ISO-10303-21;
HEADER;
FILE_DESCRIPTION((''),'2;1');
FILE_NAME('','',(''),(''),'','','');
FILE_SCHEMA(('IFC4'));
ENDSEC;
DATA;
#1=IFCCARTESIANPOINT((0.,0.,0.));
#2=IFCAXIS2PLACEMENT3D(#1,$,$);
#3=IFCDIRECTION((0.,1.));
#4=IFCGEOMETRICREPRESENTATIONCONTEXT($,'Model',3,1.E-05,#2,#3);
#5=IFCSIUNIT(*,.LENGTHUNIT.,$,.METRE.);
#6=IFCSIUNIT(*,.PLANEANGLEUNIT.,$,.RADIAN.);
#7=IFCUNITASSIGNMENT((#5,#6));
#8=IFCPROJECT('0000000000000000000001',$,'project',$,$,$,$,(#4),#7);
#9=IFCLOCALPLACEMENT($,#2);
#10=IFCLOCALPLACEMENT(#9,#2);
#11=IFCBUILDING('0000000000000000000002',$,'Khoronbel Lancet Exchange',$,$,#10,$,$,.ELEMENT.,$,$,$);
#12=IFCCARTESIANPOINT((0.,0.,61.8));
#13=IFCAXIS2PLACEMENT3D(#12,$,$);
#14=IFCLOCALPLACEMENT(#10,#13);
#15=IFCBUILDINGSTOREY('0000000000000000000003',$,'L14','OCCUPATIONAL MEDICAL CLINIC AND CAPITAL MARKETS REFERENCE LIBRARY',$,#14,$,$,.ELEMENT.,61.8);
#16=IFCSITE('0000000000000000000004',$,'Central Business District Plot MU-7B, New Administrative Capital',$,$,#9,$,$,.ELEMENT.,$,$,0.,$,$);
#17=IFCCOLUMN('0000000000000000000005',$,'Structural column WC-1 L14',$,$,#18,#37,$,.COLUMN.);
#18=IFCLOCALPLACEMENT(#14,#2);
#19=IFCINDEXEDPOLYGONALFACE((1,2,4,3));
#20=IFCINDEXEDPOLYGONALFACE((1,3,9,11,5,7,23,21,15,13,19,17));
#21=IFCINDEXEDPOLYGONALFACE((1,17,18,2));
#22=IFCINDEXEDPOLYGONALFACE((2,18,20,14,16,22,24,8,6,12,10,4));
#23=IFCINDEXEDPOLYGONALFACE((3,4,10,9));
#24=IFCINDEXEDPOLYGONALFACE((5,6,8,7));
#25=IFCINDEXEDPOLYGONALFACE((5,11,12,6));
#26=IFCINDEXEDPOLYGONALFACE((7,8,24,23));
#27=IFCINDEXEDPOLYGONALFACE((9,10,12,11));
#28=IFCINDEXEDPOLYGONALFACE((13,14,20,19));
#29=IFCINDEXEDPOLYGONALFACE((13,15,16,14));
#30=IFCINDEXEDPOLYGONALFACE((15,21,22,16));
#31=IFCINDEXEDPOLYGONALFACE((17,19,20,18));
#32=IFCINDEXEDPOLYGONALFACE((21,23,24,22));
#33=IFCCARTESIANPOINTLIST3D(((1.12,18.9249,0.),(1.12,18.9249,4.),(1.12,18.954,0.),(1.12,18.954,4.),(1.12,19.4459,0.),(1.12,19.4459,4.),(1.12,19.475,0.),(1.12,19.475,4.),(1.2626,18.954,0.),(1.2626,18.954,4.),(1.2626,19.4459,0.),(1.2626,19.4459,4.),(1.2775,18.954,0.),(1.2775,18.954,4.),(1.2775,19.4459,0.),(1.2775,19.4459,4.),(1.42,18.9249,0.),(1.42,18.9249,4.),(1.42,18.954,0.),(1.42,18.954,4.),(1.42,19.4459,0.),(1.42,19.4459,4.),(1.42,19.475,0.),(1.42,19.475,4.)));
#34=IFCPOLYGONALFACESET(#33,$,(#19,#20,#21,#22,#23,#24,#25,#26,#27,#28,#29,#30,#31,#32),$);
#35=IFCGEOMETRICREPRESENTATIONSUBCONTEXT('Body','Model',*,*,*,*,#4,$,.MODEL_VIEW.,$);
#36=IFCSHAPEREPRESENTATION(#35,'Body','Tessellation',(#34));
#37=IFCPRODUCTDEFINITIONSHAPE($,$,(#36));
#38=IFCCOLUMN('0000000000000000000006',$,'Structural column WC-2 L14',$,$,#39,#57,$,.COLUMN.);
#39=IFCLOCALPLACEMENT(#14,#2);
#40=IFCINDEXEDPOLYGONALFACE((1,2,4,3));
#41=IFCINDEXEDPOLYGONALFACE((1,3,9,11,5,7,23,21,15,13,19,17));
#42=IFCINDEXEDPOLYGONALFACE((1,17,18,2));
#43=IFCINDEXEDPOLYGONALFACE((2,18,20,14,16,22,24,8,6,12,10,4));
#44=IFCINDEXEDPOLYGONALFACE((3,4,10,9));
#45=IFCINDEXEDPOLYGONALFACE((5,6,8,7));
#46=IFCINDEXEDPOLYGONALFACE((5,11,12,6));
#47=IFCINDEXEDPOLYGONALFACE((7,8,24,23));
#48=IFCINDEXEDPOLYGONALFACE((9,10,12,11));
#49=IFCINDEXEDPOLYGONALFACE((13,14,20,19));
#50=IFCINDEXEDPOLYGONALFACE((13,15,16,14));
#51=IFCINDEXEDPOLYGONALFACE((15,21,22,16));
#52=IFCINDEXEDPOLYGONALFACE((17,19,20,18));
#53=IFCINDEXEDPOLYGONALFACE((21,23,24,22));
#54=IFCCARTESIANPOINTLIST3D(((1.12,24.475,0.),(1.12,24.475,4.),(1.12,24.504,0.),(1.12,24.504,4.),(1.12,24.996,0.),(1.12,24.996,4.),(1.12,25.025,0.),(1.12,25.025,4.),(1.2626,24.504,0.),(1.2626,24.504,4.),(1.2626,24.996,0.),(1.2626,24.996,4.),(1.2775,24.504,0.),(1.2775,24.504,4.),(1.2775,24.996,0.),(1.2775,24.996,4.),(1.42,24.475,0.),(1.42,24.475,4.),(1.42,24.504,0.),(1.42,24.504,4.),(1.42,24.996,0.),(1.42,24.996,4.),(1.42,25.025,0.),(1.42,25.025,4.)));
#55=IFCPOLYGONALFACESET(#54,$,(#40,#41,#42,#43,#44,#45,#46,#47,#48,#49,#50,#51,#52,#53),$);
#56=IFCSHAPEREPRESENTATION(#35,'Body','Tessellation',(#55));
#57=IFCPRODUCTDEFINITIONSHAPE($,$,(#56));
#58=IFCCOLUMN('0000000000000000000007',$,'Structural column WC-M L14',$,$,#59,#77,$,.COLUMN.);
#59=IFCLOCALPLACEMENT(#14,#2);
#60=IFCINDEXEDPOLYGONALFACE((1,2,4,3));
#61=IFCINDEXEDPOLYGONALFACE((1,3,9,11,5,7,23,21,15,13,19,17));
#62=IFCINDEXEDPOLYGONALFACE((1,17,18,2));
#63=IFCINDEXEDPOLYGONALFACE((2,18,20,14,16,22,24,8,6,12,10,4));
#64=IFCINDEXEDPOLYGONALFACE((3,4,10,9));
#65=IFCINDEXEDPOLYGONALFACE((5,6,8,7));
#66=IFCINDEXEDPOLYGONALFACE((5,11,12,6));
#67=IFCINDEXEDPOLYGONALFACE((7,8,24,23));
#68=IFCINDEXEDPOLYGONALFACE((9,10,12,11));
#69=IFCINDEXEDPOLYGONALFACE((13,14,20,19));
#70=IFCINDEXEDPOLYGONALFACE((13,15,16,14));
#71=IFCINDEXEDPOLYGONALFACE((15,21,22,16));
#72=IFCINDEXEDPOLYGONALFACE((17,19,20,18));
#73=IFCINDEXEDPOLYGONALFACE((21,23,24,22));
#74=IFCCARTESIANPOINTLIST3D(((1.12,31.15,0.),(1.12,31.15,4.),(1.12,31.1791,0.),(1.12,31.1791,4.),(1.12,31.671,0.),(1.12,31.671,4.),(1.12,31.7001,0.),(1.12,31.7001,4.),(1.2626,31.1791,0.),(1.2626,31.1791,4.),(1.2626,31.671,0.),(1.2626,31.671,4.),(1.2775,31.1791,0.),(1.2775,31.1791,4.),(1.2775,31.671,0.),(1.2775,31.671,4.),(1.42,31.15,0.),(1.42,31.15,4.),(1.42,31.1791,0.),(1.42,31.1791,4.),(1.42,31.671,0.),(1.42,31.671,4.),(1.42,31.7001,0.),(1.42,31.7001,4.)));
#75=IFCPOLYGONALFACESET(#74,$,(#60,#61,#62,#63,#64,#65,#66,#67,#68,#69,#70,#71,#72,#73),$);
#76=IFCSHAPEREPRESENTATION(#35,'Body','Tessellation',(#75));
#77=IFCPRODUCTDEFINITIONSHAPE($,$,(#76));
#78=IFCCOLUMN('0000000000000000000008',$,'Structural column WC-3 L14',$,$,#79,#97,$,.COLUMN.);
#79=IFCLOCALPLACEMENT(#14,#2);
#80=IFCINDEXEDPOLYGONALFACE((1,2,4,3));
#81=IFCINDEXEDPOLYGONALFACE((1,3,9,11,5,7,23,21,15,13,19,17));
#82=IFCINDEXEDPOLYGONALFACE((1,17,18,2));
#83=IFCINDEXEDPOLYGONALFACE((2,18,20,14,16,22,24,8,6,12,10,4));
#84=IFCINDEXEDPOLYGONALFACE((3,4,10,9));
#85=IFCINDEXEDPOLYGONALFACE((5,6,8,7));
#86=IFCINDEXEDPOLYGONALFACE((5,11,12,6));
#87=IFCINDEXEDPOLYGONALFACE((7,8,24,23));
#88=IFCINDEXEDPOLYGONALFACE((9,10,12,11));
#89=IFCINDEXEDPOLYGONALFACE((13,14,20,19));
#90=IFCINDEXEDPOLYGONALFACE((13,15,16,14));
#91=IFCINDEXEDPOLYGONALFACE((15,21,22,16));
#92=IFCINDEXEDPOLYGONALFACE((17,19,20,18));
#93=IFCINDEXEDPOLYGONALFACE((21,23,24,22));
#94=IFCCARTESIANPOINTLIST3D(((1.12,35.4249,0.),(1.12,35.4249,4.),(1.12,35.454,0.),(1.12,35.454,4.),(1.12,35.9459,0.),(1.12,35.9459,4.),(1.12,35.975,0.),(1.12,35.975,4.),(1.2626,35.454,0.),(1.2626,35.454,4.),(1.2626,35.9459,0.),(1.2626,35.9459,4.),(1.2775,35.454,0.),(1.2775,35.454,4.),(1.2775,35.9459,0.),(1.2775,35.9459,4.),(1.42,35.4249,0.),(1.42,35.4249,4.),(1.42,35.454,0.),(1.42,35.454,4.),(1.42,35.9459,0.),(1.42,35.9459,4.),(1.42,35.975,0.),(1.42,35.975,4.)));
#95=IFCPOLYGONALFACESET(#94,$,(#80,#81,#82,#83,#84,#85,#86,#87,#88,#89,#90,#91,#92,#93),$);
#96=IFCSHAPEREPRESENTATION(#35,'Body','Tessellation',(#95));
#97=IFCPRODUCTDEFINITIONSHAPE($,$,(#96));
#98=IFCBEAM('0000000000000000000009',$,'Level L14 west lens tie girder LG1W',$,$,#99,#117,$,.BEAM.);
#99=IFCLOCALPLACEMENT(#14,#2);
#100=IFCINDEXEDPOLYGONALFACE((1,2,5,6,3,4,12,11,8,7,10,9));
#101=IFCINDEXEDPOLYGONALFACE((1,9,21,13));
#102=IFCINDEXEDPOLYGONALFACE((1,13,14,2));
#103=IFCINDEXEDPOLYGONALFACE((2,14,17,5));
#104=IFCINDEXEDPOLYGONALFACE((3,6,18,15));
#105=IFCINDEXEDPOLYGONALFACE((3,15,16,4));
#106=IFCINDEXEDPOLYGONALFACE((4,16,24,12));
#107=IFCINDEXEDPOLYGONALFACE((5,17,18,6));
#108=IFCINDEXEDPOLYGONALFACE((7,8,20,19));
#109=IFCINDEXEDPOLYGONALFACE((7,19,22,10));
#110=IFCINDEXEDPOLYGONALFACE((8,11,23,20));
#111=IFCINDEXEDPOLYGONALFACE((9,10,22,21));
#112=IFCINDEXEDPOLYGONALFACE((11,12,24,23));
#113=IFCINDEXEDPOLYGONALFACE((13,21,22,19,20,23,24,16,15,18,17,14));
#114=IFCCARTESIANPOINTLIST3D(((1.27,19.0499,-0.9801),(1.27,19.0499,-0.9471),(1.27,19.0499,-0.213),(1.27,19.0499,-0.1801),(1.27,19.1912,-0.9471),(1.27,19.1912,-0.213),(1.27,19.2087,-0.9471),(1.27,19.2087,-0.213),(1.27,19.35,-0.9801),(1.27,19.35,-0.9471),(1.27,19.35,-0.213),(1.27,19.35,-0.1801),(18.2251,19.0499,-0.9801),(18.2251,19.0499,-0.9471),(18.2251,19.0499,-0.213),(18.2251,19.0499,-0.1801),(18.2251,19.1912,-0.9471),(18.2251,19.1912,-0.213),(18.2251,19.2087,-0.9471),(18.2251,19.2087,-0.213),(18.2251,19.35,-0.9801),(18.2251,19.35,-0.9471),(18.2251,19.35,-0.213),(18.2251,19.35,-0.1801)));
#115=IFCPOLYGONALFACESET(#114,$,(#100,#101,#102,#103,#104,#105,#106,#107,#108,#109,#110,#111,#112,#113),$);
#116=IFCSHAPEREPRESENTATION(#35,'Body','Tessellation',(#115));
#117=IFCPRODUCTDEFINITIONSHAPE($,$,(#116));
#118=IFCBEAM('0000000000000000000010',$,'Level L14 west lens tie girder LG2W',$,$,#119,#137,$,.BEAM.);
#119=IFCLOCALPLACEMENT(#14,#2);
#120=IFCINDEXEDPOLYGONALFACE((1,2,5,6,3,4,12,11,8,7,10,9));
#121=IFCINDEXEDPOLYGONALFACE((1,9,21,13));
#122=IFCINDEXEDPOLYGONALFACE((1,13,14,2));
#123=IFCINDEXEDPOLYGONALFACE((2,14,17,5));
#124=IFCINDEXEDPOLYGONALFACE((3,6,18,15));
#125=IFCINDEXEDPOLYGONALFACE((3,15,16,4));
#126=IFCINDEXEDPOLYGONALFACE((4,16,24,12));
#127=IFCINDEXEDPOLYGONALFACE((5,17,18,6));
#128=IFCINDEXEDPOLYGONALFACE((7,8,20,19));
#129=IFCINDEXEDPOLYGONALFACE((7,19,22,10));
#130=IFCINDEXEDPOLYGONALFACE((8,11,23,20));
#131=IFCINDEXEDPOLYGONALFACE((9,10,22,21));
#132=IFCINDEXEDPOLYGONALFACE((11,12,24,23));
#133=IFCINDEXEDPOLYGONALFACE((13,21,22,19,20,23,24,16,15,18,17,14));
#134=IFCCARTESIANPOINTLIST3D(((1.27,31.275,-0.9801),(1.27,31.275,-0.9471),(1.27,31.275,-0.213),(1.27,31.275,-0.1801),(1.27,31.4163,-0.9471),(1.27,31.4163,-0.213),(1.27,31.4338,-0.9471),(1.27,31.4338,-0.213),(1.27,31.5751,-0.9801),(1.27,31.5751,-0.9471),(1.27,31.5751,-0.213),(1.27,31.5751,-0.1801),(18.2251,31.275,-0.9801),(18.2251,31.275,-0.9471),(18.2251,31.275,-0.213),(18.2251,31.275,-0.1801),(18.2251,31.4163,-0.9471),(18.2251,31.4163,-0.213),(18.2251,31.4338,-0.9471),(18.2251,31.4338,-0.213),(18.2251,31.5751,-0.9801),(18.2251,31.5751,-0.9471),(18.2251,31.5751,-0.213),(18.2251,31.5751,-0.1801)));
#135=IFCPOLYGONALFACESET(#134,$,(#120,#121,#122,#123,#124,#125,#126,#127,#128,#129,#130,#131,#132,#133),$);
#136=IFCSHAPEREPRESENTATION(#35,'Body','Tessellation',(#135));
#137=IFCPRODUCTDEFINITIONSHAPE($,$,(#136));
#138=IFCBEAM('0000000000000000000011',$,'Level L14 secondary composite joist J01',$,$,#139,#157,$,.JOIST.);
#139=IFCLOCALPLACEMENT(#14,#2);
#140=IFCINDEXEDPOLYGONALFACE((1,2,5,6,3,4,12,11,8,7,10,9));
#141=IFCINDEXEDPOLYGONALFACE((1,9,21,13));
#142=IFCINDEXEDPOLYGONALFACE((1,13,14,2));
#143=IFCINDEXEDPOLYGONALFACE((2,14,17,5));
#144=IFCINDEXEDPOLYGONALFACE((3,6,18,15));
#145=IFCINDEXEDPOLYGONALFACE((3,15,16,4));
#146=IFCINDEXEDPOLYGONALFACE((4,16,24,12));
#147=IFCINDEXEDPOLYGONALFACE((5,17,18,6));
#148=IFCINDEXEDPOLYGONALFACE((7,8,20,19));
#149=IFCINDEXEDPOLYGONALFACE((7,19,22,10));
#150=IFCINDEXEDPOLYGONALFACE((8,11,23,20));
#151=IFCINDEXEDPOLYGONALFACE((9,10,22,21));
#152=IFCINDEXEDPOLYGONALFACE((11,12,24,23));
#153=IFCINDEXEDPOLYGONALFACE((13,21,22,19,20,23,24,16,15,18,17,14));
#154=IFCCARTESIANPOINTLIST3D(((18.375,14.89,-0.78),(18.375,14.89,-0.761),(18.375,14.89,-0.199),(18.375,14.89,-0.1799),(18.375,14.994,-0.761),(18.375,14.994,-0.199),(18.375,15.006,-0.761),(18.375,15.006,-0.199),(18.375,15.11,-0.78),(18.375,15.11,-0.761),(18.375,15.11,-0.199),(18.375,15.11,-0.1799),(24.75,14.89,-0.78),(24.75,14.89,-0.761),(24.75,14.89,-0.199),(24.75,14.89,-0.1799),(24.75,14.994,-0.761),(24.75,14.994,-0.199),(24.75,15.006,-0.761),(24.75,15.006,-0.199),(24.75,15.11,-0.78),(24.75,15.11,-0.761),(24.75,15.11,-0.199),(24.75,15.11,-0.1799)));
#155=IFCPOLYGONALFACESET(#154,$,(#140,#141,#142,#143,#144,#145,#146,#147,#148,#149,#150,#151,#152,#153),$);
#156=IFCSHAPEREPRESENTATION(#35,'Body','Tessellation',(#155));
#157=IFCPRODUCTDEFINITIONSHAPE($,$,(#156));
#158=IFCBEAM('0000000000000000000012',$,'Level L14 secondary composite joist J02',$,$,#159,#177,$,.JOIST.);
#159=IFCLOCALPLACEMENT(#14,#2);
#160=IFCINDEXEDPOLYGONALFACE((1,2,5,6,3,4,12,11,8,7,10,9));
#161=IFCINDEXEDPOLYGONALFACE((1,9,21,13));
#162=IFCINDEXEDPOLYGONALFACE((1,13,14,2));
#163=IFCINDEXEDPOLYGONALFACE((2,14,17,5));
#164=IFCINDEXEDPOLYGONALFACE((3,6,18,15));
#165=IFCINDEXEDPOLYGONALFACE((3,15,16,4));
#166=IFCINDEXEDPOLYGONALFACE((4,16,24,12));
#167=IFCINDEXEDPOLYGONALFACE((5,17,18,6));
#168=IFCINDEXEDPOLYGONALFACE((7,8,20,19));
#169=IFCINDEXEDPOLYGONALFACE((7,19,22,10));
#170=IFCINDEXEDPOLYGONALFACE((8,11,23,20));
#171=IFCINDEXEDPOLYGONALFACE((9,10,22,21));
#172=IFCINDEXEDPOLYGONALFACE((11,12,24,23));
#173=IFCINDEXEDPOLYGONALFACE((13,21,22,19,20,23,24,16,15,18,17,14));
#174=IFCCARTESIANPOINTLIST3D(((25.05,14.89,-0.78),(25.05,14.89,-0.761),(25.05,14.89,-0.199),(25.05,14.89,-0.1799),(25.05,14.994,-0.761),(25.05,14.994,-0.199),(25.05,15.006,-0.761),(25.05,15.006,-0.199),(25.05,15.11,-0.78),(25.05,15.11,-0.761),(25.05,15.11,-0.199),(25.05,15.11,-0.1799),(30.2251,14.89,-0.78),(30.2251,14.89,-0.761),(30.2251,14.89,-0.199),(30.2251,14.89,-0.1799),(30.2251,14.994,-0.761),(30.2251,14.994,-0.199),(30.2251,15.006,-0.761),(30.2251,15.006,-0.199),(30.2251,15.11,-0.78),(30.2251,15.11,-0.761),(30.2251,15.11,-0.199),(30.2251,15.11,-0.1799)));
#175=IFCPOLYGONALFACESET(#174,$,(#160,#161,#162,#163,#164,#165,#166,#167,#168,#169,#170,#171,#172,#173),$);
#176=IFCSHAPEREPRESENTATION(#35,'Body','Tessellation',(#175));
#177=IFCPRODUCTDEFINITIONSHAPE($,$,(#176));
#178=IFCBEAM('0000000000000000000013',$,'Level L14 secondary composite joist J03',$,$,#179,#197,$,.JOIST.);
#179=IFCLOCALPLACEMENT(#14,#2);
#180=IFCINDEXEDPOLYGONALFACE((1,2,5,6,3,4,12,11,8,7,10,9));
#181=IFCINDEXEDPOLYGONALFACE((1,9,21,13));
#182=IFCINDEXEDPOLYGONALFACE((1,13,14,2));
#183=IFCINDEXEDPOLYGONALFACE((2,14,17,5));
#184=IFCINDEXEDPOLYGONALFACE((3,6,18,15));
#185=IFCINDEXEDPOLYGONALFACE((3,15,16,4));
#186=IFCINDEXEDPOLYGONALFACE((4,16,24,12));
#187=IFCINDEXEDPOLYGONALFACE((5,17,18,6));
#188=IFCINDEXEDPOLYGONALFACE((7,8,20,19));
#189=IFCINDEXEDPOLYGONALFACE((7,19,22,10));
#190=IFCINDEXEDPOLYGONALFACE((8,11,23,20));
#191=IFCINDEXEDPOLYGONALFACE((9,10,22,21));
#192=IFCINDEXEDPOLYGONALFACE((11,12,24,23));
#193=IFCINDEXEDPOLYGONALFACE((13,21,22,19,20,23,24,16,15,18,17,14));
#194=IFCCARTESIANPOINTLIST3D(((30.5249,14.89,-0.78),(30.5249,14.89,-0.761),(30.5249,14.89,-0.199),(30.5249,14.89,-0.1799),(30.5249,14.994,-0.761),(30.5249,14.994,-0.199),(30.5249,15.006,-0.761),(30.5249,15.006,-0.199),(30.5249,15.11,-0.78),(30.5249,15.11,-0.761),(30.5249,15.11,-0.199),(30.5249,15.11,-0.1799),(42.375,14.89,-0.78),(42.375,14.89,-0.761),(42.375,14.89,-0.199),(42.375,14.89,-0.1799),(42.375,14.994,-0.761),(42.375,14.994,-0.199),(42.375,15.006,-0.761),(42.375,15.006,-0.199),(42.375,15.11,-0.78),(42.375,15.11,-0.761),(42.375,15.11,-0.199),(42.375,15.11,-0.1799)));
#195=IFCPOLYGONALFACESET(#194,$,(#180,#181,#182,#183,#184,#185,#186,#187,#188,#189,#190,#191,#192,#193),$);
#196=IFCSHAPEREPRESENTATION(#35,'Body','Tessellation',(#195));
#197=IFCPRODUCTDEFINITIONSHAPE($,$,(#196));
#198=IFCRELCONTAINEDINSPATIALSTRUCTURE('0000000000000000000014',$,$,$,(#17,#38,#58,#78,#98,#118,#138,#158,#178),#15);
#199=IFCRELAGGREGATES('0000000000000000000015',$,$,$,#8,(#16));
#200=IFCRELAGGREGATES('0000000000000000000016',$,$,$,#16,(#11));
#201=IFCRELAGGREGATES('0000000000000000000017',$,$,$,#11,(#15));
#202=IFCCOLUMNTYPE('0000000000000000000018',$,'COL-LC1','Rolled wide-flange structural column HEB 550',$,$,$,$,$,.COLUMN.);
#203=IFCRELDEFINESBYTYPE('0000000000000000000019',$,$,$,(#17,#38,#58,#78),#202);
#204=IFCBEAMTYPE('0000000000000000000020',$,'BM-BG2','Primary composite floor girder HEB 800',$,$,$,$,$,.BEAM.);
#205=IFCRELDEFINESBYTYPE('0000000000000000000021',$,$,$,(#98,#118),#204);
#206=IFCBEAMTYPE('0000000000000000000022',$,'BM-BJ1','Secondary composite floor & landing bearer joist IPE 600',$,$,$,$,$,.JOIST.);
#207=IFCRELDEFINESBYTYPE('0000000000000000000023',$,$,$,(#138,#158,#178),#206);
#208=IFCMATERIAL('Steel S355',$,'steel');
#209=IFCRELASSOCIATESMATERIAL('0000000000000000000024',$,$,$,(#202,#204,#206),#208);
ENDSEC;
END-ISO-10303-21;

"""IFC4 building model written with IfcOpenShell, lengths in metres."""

from ifc_helpers import new_model, si_unit, direction, frame, origin, origin_2d, place, context, subcontext, project, spatial, i_section, extrude, material, material_profile, profile_set, type_object, element, save


model = new_model("IFC4")

# Units and contexts
model_context = context("Model", 3, precision=1e-05, world=origin(), true_north=direction((0.0, 1.0)))
body_context = subcontext(model_context, "Body", "Model", "MODEL_VIEW")
ifc_project = project(units=[si_unit("LENGTHUNIT", "METRE"), si_unit("PLANEANGLEUNIT", "RADIAN")], contexts=[model_context])

# Site, building, storey
site_placement = place(None, origin())
site = spatial("IfcSite", under=ifc_project, at=site_placement, Name="Central Business District Plot MU-7B, New Administrative Capital", CompositionType="ELEMENT", RefElevation=0.0)
building_placement = place(site_placement, origin())
building = spatial("IfcBuilding", under=site, at=building_placement, Name="Khoronbel Lancet Exchange", CompositionType="ELEMENT")
storey_placement = place(building_placement, frame((0.0, 0.0, 61.8)))
storey = spatial("IfcBuildingStorey", under=building, at=storey_placement, Name="L14", Description="OCCUPATIONAL MEDICAL CLINIC AND CAPITAL MARKETS REFERENCE LIBRARY", CompositionType="ELEMENT", Elevation=61.8)

# Columns
ifc_material_1 = material(Name="Steel S355", Category="steel")
ifc_material_profile_1 = material_profile(ifc_material_1, i_section(OverallWidth=0.3, OverallDepth=0.55, WebThickness=0.0149, FlangeThickness=0.0291, at=origin_2d()), Name="HEB 550")
ifc_profile_set_1 = profile_set([ifc_material_profile_1], Name="Steel S355")
column_type = type_object("IfcColumnType", Name="COL-LC1", Description="Rolled wide-flange structural column HEB 550", PredefinedType="COLUMN", material=ifc_profile_set_1)
for number, where, z_axis, x_axis, name in (
    (1, (1.27, 19.2, 0.0), (0.0, 0.0, 1.0), (1.0, 0.0, 0.0), "Structural column WC-1 L14"),
    (2, (1.27, 24.75, 0.0), (0.0, 0.0, 1.0), (1.0, 0.0, 0.0), "Structural column WC-2 L14"),
    (3, (1.27, 31.425, 0.0), (0.0, 0.0, 1.0), (1.0, 0.0, 0.0), "Structural column WC-M L14"),
    (4, (1.27, 35.7, 0.0), (0.0, 0.0, 1.0), (1.0, 0.0, 0.0), "Structural column WC-3 L14"),
):
    element("IfcColumn", number, at=place(storey_placement, frame(where, z_axis=z_axis, x_axis=x_axis)), inside=storey, type_object=column_type, Name=name, PredefinedType="COLUMN", context=body_context, shape_type="SweptSolid", body=[
        extrude(i_section(OverallWidth=0.3, OverallDepth=0.55, WebThickness=0.0149, FlangeThickness=0.0291, at=origin_2d()), origin(), (0.0, 0.0, 1.0), 4.0),
    ])

# Beams
ifc_material_profile_2 = material_profile(ifc_material_1, i_section(OverallWidth=0.3, OverallDepth=0.8, WebThickness=0.0176, FlangeThickness=0.033, at=origin_2d()), Name="HEB 800")
ifc_profile_set_2 = profile_set([ifc_material_profile_2], Name="Steel S355")
beam_type_1 = type_object("IfcBeamType", Name="BM-BG2", Description="Primary composite floor girder HEB 800", PredefinedType="BEAM", material=ifc_profile_set_2)
for number, where, z_axis, x_axis, name in (
    (5, (1.27, 19.2, -0.5801), (1.0, 0.0, 0.0), (0.0, 1.0, 0.0), "Level L14 west lens tie girder LG1W"),
    (6, (1.27, 31.425, -0.5801), (1.0, 0.0, 0.0), (0.0, 1.0, 0.0), "Level L14 west lens tie girder LG2W"),
):
    element("IfcBeam", number, at=place(storey_placement, frame(where, z_axis=z_axis, x_axis=x_axis)), inside=storey, type_object=beam_type_1, Name=name, PredefinedType="BEAM", context=body_context, shape_type="SweptSolid", body=[
        extrude(i_section(OverallWidth=0.3, OverallDepth=0.8, WebThickness=0.0176, FlangeThickness=0.033, at=origin_2d()), origin(), (0.0, 0.0, 1.0), 16.9551),
    ])
ifc_material_profile_3 = material_profile(ifc_material_1, i_section(OverallWidth=0.22, OverallDepth=0.6001, WebThickness=0.012, FlangeThickness=0.019, at=origin_2d()), Name="IPE 600")
ifc_profile_set_3 = profile_set([ifc_material_profile_3], Name="Steel S355")
beam_type_2 = type_object("IfcBeamType", Name="BM-BJ1", Description="Secondary composite floor & landing bearer joist IPE 600", PredefinedType="JOIST", material=ifc_profile_set_3)
beam_1_placement = place(storey_placement, frame((18.375, 15.0, -0.48), z_axis=(1.0, 0.0, 0.0), x_axis=(0.0, 1.0, 0.0)))
element("IfcBeam", 7, at=beam_1_placement, inside=storey, type_object=beam_type_2, Name="Level L14 secondary composite joist J01", PredefinedType="JOIST", context=body_context, shape_type="SweptSolid", body=[
    extrude(i_section(OverallWidth=0.22, OverallDepth=0.6001, WebThickness=0.012, FlangeThickness=0.019, at=origin_2d()), origin(), (0.0, 0.0, 1.0), 6.375),
])
beam_2_placement = place(storey_placement, frame((25.05, 15.0, -0.48), z_axis=(1.0, 0.0, 0.0), x_axis=(0.0, 1.0, 0.0)))
element("IfcBeam", 8, at=beam_2_placement, inside=storey, type_object=beam_type_2, Name="Level L14 secondary composite joist J02", PredefinedType="JOIST", context=body_context, shape_type="SweptSolid", body=[
    extrude(i_section(OverallWidth=0.22, OverallDepth=0.6001, WebThickness=0.012, FlangeThickness=0.019, at=origin_2d()), origin(), (0.0, 0.0, 1.0), 5.175),
])
beam_3_placement = place(storey_placement, frame((30.5249, 15.0, -0.48), z_axis=(1.0, 0.0, 0.0), x_axis=(0.0, 1.0, 0.0)))
element("IfcBeam", 9, at=beam_3_placement, inside=storey, type_object=beam_type_2, Name="Level L14 secondary composite joist J03", PredefinedType="JOIST", context=body_context, shape_type="SweptSolid", body=[
    extrude(i_section(OverallWidth=0.22, OverallDepth=0.6001, WebThickness=0.012, FlangeThickness=0.019, at=origin_2d()), origin(), (0.0, 0.0, 1.0), 11.8501),
])

save(model, "model.ifc")
